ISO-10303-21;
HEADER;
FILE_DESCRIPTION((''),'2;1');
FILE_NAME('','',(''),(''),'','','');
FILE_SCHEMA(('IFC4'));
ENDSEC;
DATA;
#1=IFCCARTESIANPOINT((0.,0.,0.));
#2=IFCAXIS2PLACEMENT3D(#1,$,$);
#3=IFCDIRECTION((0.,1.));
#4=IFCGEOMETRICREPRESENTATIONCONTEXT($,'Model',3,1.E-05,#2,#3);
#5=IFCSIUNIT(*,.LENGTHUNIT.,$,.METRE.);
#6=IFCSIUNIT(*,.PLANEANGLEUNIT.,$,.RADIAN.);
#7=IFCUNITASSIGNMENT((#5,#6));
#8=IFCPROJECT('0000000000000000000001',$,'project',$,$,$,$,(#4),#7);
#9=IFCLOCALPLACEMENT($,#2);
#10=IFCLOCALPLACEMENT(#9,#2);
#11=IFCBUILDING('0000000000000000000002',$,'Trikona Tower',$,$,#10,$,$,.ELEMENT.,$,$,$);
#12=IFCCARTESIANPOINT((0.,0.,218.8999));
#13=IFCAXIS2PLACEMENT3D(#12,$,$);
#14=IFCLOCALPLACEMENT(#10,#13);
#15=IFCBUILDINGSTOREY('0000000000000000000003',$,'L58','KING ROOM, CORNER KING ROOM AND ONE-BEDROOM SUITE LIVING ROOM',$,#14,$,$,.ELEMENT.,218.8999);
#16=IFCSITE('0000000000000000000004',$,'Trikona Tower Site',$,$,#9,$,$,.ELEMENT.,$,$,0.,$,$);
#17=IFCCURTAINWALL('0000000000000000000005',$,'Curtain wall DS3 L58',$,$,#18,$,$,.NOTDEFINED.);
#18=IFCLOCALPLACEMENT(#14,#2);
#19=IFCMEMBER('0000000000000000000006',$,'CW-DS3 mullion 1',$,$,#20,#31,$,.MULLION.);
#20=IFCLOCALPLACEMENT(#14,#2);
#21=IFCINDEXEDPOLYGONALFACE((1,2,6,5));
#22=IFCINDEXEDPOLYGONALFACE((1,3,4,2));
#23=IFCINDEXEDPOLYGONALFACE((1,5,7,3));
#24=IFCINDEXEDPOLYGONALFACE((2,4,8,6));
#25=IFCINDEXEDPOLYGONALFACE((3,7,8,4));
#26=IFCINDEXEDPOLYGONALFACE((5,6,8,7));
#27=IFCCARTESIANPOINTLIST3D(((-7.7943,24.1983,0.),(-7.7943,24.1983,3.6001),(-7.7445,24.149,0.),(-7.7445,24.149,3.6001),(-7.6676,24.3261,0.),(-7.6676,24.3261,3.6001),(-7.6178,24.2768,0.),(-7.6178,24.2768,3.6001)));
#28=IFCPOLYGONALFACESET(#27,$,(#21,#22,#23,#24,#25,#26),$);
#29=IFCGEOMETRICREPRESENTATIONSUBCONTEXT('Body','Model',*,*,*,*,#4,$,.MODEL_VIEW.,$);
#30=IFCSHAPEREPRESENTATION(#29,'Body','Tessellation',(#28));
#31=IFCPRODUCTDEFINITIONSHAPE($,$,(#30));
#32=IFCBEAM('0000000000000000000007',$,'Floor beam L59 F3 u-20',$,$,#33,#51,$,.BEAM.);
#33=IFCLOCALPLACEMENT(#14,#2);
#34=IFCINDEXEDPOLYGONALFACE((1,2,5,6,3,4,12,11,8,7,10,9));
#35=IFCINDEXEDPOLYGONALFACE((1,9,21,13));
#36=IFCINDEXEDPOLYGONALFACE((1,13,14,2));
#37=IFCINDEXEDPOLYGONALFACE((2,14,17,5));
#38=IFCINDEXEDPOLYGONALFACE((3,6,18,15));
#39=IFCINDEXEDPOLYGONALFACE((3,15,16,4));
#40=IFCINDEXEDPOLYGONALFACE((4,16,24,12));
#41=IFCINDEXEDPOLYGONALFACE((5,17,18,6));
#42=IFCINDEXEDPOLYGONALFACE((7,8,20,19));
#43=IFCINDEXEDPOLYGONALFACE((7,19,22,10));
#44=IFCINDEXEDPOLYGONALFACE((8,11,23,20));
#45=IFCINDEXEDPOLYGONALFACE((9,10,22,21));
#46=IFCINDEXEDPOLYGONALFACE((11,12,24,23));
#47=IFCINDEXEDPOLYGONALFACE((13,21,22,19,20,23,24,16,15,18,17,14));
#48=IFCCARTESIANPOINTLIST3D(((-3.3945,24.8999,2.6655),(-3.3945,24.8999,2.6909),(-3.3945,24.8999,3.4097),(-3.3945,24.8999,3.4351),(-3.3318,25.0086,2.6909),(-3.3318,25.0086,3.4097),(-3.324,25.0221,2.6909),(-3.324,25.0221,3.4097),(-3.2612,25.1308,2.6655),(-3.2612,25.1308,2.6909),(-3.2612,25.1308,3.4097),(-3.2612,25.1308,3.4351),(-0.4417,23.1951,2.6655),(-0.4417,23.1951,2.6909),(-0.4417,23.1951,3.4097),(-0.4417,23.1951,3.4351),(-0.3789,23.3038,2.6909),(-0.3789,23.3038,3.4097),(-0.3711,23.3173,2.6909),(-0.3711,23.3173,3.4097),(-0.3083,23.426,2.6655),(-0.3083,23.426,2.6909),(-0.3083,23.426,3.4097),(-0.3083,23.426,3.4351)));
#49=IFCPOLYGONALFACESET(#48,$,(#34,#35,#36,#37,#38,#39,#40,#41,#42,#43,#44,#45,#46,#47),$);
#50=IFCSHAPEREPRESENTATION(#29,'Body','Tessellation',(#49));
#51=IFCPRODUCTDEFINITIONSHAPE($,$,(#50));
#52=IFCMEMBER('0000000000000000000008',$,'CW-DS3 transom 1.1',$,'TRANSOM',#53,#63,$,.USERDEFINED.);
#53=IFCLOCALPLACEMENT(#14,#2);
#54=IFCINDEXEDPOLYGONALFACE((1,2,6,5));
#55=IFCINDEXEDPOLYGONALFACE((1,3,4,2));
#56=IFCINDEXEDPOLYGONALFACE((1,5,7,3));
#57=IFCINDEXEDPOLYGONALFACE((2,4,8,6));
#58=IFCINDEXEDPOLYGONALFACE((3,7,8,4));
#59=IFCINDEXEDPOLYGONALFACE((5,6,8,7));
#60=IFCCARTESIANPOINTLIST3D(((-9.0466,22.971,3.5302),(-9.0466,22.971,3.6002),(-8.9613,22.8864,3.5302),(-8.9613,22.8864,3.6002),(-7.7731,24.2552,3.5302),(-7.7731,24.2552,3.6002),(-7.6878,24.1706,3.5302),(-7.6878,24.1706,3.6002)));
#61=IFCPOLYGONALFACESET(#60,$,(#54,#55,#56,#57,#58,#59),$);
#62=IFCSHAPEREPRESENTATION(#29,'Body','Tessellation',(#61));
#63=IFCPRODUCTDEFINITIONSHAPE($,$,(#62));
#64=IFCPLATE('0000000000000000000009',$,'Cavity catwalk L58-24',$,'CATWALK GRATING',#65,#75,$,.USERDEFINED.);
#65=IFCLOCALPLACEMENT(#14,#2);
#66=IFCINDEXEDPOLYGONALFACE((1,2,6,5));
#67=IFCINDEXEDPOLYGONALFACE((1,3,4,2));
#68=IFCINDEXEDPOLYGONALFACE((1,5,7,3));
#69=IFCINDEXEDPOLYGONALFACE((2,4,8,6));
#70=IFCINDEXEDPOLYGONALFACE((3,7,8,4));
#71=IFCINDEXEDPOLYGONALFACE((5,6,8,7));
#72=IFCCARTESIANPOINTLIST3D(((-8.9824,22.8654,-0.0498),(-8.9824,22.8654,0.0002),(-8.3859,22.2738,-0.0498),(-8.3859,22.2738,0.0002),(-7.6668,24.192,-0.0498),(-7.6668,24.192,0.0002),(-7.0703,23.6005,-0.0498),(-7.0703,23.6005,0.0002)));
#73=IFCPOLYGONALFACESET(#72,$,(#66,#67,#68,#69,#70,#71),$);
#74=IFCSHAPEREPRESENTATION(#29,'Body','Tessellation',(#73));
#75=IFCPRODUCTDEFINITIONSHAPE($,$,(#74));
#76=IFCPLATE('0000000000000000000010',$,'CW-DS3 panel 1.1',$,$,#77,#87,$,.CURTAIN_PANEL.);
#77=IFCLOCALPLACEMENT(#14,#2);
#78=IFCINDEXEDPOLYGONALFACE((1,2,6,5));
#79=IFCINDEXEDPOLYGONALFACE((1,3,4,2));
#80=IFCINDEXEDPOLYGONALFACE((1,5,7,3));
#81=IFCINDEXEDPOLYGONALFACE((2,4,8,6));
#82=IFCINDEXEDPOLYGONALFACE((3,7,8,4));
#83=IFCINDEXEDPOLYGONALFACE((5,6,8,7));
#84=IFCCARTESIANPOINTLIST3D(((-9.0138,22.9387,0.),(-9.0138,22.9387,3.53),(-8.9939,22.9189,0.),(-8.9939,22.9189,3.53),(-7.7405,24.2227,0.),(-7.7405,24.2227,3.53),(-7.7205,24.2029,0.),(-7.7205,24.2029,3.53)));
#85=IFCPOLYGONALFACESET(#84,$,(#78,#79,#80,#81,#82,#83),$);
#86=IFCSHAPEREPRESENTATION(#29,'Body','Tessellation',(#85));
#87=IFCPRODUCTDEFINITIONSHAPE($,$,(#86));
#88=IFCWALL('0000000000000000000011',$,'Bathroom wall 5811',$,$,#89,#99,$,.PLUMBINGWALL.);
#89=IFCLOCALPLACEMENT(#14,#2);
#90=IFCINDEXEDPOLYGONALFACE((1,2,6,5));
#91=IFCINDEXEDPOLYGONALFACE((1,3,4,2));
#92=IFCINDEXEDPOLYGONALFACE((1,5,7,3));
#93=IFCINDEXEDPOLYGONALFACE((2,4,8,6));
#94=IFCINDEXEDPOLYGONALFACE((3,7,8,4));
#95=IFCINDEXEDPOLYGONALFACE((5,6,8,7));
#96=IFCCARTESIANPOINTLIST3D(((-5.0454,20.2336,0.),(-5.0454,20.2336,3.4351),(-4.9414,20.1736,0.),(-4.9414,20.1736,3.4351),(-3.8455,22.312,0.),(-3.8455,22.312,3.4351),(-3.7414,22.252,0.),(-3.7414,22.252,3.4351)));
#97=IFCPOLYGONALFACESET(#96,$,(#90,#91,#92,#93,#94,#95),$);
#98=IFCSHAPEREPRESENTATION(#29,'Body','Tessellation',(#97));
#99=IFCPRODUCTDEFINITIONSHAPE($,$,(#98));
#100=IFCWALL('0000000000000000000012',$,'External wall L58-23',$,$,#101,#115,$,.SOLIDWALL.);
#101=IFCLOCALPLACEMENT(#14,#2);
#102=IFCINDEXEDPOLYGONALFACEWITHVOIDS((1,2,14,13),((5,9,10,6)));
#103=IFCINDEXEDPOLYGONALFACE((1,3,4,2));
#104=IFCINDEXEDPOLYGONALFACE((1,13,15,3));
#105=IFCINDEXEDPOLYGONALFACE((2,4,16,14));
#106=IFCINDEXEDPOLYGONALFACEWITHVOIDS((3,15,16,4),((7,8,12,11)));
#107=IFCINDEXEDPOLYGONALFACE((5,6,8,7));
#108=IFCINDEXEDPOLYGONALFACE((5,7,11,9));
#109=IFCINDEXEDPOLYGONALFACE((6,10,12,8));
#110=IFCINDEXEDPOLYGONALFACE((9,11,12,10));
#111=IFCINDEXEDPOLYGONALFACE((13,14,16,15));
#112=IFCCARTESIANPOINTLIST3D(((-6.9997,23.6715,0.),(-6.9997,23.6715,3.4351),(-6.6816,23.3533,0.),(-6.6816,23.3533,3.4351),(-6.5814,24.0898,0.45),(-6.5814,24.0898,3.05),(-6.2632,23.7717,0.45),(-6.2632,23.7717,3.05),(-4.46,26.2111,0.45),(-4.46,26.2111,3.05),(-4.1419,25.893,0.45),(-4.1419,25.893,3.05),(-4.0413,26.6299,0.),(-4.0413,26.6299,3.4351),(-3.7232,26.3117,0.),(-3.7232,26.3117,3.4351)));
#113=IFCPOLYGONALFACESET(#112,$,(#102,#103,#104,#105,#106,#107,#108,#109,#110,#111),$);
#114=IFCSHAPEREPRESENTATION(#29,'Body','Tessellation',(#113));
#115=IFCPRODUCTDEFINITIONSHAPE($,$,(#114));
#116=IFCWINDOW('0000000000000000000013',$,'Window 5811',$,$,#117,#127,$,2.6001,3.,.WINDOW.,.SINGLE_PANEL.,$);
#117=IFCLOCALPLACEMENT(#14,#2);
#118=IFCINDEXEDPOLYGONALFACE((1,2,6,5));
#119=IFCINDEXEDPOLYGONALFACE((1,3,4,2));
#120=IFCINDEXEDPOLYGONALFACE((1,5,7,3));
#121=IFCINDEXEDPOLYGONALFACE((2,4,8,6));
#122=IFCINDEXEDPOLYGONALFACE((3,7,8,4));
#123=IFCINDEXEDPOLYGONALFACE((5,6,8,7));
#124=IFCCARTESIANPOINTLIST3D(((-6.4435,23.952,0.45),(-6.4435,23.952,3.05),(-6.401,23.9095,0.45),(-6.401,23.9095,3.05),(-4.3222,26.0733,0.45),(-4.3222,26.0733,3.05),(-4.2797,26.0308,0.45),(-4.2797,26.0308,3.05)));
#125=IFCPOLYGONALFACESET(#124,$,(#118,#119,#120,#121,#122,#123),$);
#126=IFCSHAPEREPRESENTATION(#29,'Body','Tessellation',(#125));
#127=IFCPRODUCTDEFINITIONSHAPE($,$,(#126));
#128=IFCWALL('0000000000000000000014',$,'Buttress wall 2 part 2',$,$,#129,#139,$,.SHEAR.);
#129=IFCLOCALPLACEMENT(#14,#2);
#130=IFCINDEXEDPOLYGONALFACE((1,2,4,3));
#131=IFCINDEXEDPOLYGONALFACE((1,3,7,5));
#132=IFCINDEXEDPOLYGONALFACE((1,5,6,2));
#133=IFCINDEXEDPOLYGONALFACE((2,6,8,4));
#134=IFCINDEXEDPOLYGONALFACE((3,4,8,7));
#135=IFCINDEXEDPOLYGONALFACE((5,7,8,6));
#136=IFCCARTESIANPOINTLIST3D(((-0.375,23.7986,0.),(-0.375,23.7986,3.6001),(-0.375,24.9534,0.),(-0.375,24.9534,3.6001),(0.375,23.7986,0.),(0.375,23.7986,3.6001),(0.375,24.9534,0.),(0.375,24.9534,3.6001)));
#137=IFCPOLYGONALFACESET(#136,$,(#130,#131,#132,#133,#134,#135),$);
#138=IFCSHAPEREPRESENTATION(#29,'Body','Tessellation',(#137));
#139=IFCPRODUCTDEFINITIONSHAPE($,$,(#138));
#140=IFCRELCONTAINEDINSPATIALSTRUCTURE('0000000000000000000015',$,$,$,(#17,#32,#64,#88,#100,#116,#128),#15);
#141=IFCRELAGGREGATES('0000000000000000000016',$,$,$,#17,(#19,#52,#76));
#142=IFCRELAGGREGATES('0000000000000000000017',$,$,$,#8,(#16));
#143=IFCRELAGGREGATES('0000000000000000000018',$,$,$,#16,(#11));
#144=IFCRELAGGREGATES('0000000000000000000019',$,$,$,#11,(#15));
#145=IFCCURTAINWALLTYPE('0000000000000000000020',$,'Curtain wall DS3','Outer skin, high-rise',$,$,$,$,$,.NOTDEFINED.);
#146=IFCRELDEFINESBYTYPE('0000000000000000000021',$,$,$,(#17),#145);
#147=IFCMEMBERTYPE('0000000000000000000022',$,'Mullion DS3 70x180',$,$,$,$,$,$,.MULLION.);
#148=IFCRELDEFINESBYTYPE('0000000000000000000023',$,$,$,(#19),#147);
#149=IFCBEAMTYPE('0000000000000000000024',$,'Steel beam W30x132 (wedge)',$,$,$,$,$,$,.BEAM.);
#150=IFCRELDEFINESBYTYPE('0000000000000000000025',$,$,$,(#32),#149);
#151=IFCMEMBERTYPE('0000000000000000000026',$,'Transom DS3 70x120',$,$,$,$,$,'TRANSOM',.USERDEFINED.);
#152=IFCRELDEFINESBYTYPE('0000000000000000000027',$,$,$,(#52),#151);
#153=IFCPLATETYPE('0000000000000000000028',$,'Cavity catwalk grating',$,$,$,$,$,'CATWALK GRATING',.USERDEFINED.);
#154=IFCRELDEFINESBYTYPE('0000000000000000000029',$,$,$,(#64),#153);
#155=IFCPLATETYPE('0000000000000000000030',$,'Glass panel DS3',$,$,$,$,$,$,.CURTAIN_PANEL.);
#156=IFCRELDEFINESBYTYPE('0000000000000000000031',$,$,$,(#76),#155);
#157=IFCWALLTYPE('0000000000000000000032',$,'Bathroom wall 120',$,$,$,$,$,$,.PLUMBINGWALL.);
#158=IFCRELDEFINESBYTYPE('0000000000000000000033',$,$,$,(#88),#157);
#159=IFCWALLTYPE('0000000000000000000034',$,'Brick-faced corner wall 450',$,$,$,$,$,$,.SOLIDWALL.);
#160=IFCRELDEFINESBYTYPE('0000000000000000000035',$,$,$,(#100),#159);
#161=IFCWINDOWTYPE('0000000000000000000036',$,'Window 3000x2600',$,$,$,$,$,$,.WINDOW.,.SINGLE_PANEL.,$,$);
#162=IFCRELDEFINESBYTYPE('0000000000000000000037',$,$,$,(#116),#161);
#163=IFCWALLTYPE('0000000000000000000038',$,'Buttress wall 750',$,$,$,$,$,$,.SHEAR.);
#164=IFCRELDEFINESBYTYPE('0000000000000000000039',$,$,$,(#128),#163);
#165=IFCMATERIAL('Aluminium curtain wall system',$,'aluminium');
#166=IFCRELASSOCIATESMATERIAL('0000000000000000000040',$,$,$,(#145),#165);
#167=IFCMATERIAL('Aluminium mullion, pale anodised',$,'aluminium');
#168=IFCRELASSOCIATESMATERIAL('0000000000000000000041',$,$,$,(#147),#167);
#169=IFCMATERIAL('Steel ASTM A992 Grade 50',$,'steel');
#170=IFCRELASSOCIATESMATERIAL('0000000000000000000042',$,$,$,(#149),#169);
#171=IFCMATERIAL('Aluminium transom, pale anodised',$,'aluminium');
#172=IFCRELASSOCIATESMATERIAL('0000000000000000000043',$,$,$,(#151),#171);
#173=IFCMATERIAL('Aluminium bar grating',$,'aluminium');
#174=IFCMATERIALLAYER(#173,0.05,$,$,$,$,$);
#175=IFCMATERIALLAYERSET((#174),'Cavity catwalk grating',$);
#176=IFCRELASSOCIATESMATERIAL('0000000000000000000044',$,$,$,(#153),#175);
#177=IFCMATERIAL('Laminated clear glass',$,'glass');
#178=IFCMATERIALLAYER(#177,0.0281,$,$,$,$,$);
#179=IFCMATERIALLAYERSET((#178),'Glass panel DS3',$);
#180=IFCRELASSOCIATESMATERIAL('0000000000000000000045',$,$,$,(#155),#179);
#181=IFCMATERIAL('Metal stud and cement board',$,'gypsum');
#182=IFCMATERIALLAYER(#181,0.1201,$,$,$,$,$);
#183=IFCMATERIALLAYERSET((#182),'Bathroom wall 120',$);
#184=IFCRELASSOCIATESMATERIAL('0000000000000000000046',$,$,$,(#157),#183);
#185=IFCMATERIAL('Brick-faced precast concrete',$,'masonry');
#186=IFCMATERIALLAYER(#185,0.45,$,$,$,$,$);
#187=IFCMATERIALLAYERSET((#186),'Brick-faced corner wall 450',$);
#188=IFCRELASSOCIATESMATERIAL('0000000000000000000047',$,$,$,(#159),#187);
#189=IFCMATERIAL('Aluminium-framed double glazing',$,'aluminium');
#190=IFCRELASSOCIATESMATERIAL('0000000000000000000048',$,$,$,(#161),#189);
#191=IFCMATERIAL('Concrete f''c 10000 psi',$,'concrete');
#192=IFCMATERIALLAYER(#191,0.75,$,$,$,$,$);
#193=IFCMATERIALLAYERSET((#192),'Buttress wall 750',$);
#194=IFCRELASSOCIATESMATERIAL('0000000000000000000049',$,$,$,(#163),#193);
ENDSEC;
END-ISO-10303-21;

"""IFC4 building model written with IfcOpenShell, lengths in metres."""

from ifc_helpers import new_model, si_unit, direction, frame, frame_2d, origin, origin_2d, place, context, subcontext, project, spatial, rectangle, i_section, extrude, material, layer, layer_set, material_profile, profile_set, type_object, element, fill, aggregate, save


model = new_model("IFC4")

# Units and contexts
model_context = context("Model", 3, precision=1e-05, world=origin(), true_north=direction((0.0, 1.0)))
body_context = subcontext(model_context, "Body", "Model", "MODEL_VIEW")
ifc_project = project(units=[si_unit("LENGTHUNIT", "METRE"), si_unit("PLANEANGLEUNIT", "RADIAN")], contexts=[model_context])

# Site, building, storey
site_placement = place(None, origin())
site = spatial("IfcSite", under=ifc_project, at=site_placement, Name="Trikona Tower Site", CompositionType="ELEMENT", RefElevation=0.0)
building_placement = place(site_placement, origin())
building = spatial("IfcBuilding", under=site, at=building_placement, Name="Trikona Tower", CompositionType="ELEMENT")
storey_placement = place(building_placement, frame((0.0, 0.0, 218.8999)))
storey = spatial("IfcBuildingStorey", under=building, at=storey_placement, Name="L58", Description="KING ROOM, CORNER KING ROOM AND ONE-BEDROOM SUITE LIVING ROOM", CompositionType="ELEMENT", Elevation=218.8999)

# Curtain wall, member
ifc_material_1 = material(Name="Aluminium curtain wall system", Category="aluminium")
curtain_wall_type = type_object("IfcCurtainWallType", Name="Curtain wall DS3", Description="Outer skin, high-rise", PredefinedType="NOTDEFINED", material=ifc_material_1)
curtain_wall_placement = place(storey_placement, origin())
curtain_wall = element("IfcCurtainWall", 1, at=curtain_wall_placement, inside=storey, type_object=curtain_wall_type, Name="Curtain wall DS3 L58", PredefinedType="NOTDEFINED")
ifc_material_2 = material(Name="Aluminium mullion, pale anodised", Category="aluminium")
ifc_material_profile_1 = material_profile(ifc_material_2, rectangle(XDim=0.0701, YDim=0.1799, at=origin_2d()), Name="MUL-DS3")
ifc_profile_set_1 = profile_set([ifc_material_profile_1], Name="Aluminium mullion, pale anodised")
member_type_1 = type_object("IfcMemberType", Name="Mullion DS3 70x180", PredefinedType="MULLION", material=ifc_profile_set_1)
member_1_placement = place(storey_placement, frame((-7.7061, 24.2375, 0.0), z_axis=(0.0, 0.0, 1.0), x_axis=(0.710052, -0.704149, 0.0)))
member_1 = element("IfcMember", 2, at=member_1_placement, type_object=member_type_1, Name="CW-DS3 mullion 1", PredefinedType="MULLION", context=body_context, shape_type="SweptSolid", body=[
    extrude(rectangle(XDim=0.0701, YDim=0.1799, at=origin_2d()), origin(), (0.0, 0.0, 1.0), 3.6001),
])

# Beam
ifc_material_3 = material(Name="Steel ASTM A992 Grade 50", Category="steel")
ifc_material_profile_2 = material_profile(ifc_material_3, i_section(OverallWidth=0.2666, OverallDepth=0.7695, WebThickness=0.0156, FlangeThickness=0.0254, at=origin_2d()), Name="W30X132")
ifc_profile_set_2 = profile_set([ifc_material_profile_2], Name="Steel ASTM A992 Grade 50")
beam_type = type_object("IfcBeamType", Name="Steel beam W30x132 (wedge)", PredefinedType="BEAM", material=ifc_profile_set_2)
beam_placement = place(storey_placement, frame((-0.375, 23.3105, 3.0503), z_axis=(-0.866027, 0.499997, 0.0), x_axis=(-0.499997, -0.866027, 0.0)))
element("IfcBeam", 3, at=beam_placement, inside=storey, type_object=beam_type, Name="Floor beam L59 F3 u-20", PredefinedType="BEAM", context=body_context, shape_type="SweptSolid", body=[
    extrude(i_section(OverallWidth=0.2666, OverallDepth=0.7695, WebThickness=0.0156, FlangeThickness=0.0254, at=origin_2d()), origin(), (0.0, 0.0, 1.0), 3.4097),
])

# Member
ifc_material_4 = material(Name="Aluminium transom, pale anodised", Category="aluminium")
ifc_material_profile_3 = material_profile(ifc_material_4, rectangle(XDim=0.1201, YDim=0.0701, at=origin_2d()), Name="TRN-DS3")
ifc_profile_set_3 = profile_set([ifc_material_profile_3], Name="Aluminium transom, pale anodised")
member_type_2 = type_object("IfcMemberType", Name="Transom DS3 70x120", ElementType="TRANSOM", PredefinedType="USERDEFINED", material=ifc_profile_set_3)
member_2_placement = place(storey_placement, frame((-7.7305, 24.2129, 3.5652), z_axis=(-0.704131, -0.71007, 0.0), x_axis=(0.71007, -0.704131, 0.0)))
member_2 = element("IfcMember", 4, at=member_2_placement, type_object=member_type_2, Name="CW-DS3 transom 1.1", ObjectType="TRANSOM", PredefinedType="USERDEFINED", context=body_context, shape_type="SweptSolid", body=[
    extrude(rectangle(XDim=0.1201, YDim=0.0701, at=origin_2d()), origin(), (0.0, 0.0, 1.0), 1.8086),
])

# Plates
ifc_material_5 = material(Name="Aluminium bar grating", Category="aluminium")
ifc_layer_1 = layer(ifc_material_5, 0.05)
ifc_layer_set_1 = layer_set([ifc_layer_1], Name="Cavity catwalk grating")
plate_type_1 = type_object("IfcPlateType", Name="Cavity catwalk grating", ElementType="CATWALK GRATING", PredefinedType="USERDEFINED", material=ifc_layer_set_1)
plate_1_placement = place(storey_placement, frame((-8.0264, 23.2329, -0.0498), z_axis=(0.0, 0.0, 1.0), x_axis=(-0.704151, -0.71005, 0.0)))
element("IfcPlate", 5, at=plate_1_placement, inside=storey, type_object=plate_type_1, Name="Cavity catwalk L58-24", ObjectType="CATWALK GRATING", PredefinedType="USERDEFINED", context=body_context, shape_type="SweptSolid", body=[
    extrude(rectangle(XDim=1.8684, YDim=0.8401, at=origin_2d()), origin(), (0.0, 0.0, 1.0), 0.05),
])
ifc_material_6 = material(Name="Laminated clear glass", Category="glass")
ifc_layer_2 = layer(ifc_material_6, 0.0281)
ifc_layer_set_2 = layer_set([ifc_layer_2], Name="Glass panel DS3")
plate_type_2 = type_object("IfcPlateType", Name="Glass panel DS3", PredefinedType="CURTAIN_PANEL", material=ifc_layer_set_2)
plate_2_placement = place(storey_placement, frame((-8.3672, 23.5708, 0.0), z_axis=(0.0, 0.0, 1.0), x_axis=(-0.704149, -0.710052, 0.0)))
plate_2 = element("IfcPlate", 6, at=plate_2_placement, type_object=plate_type_2, Name="CW-DS3 panel 1.1", PredefinedType="CURTAIN_PANEL", context=body_context, shape_type="SweptSolid", body=[
    extrude(rectangle(XDim=1.8083, YDim=0.0281, at=origin_2d()), origin(), (0.0, 0.0, 1.0), 3.53),
])
aggregate(curtain_wall, [member_1, member_2, plate_2])

# Wall
ifc_material_7 = material(Name="Metal stud and cement board", Category="gypsum")
ifc_layer_3 = layer(ifc_material_7, 0.1201)
ifc_layer_set_3 = layer_set([ifc_layer_3], Name="Bathroom wall 120")
wall_type_1 = type_object("IfcWallType", Name="Bathroom wall 120", PredefinedType="PLUMBINGWALL", material=ifc_layer_set_3)
wall_1_placement = place(storey_placement, frame((-3.7935, 22.282, 0.0), z_axis=(0.0, 0.0, 1.0), x_axis=(-0.500001, -0.866025, 0.0)))
element("IfcWall", 7, at=wall_1_placement, inside=storey, type_object=wall_type_1, Name="Bathroom wall 5811", PredefinedType="PLUMBINGWALL", context=body_context, shape_type="SweptSolid", body=[
    extrude(rectangle(XDim=2.3999, YDim=0.1201, at=frame_2d((1.2, 0.0))), origin(), (0.0, 0.0, 1.0), 3.4351),
])

# Wall, opening, window
ifc_material_8 = material(Name="Brick-faced precast concrete", Category="masonry")
ifc_layer_4 = layer(ifc_material_8, 0.45)
ifc_layer_set_4 = layer_set([ifc_layer_4], Name="Brick-faced corner wall 450")
wall_type_2 = type_object("IfcWallType", Name="Brick-faced corner wall 450", PredefinedType="SOLIDWALL", material=ifc_layer_set_4)
wall_2_placement = place(storey_placement, frame((-3.8823, 26.4707, 0.0), z_axis=(0.0, 0.0, 1.0), x_axis=(-0.707107, -0.707107, 0.0)))
wall_2 = element("IfcWall", 8, at=wall_2_placement, inside=storey, type_object=wall_type_2, Name="External wall L58-23", PredefinedType="SOLIDWALL", context=body_context, shape_type="SweptSolid", body=[
    extrude(rectangle(XDim=4.1838, YDim=0.45, at=frame_2d((2.0918, 0.0))), origin(), (0.0, 0.0, 1.0), 3.4351),
])
opening_1_placement = place(wall_2_placement, frame((0.592, 0.0, 0.45)))
opening_1 = element("IfcOpeningElement", 9, at=opening_1_placement, cuts=wall_2, PredefinedType="OPENING", context=body_context, shape_type="SweptSolid", body=[
    extrude(rectangle(XDim=3.0, YDim=2.6001, at=frame_2d((1.5, 1.3))), frame((0.0, 0.2349, 0.0), z_axis=(0.0, -1.0, 0.0), x_axis=(1.0, 0.0, 0.0)), (0.0, 0.0, 1.0), 0.47),
])
ifc_material_9 = material(Name="Aluminium-framed double glazing", Category="aluminium")
window_type_1 = type_object("IfcWindowType", Name="Window 3000x2600", PartitioningType="SINGLE_PANEL", PredefinedType="WINDOW", material=ifc_material_9)
window_1_placement = place(opening_1_placement, origin())
window_1 = element("IfcWindow", 10, at=window_1_placement, inside=storey, type_object=window_type_1, Name="Window 5811", OverallHeight=2.6001, OverallWidth=3.0, PartitioningType="SINGLE_PANEL", PredefinedType="WINDOW", context=body_context, shape_type="SweptSolid", body=[
    extrude(rectangle(XDim=3.0, YDim=2.6001, at=frame_2d((1.5, 1.3))), frame((0.0, 0.03, 0.0), z_axis=(0.0, -1.0, 0.0), x_axis=(1.0, 0.0, 0.0)), (0.0, 0.0, 1.0), 0.0601),
])
fill(opening_1, window_1)

# Wall
ifc_material_10 = material(Name="Concrete f'c 10000 psi", Category="concrete")
ifc_layer_5 = layer(ifc_material_10, 0.75)
ifc_layer_set_5 = layer_set([ifc_layer_5], Name="Buttress wall 750")
wall_type_3 = type_object("IfcWallType", Name="Buttress wall 750", PredefinedType="SHEAR", material=ifc_layer_set_5)
wall_3_placement = place(storey_placement, frame((0.0, 23.7986, 0.0), z_axis=(0.0, 0.0, 1.0), x_axis=(0.0, 1.0, 0.0)))
element("IfcWall", 11, at=wall_3_placement, inside=storey, type_object=wall_type_3, Name="Buttress wall 2 part 2", PredefinedType="SHEAR", context=body_context, shape_type="SweptSolid", body=[
    extrude(rectangle(XDim=1.1548, YDim=0.75, at=frame_2d((0.5774, 0.0))), origin(), (0.0, 0.0, 1.0), 3.6001),
])

save(model, "model.ifc")
